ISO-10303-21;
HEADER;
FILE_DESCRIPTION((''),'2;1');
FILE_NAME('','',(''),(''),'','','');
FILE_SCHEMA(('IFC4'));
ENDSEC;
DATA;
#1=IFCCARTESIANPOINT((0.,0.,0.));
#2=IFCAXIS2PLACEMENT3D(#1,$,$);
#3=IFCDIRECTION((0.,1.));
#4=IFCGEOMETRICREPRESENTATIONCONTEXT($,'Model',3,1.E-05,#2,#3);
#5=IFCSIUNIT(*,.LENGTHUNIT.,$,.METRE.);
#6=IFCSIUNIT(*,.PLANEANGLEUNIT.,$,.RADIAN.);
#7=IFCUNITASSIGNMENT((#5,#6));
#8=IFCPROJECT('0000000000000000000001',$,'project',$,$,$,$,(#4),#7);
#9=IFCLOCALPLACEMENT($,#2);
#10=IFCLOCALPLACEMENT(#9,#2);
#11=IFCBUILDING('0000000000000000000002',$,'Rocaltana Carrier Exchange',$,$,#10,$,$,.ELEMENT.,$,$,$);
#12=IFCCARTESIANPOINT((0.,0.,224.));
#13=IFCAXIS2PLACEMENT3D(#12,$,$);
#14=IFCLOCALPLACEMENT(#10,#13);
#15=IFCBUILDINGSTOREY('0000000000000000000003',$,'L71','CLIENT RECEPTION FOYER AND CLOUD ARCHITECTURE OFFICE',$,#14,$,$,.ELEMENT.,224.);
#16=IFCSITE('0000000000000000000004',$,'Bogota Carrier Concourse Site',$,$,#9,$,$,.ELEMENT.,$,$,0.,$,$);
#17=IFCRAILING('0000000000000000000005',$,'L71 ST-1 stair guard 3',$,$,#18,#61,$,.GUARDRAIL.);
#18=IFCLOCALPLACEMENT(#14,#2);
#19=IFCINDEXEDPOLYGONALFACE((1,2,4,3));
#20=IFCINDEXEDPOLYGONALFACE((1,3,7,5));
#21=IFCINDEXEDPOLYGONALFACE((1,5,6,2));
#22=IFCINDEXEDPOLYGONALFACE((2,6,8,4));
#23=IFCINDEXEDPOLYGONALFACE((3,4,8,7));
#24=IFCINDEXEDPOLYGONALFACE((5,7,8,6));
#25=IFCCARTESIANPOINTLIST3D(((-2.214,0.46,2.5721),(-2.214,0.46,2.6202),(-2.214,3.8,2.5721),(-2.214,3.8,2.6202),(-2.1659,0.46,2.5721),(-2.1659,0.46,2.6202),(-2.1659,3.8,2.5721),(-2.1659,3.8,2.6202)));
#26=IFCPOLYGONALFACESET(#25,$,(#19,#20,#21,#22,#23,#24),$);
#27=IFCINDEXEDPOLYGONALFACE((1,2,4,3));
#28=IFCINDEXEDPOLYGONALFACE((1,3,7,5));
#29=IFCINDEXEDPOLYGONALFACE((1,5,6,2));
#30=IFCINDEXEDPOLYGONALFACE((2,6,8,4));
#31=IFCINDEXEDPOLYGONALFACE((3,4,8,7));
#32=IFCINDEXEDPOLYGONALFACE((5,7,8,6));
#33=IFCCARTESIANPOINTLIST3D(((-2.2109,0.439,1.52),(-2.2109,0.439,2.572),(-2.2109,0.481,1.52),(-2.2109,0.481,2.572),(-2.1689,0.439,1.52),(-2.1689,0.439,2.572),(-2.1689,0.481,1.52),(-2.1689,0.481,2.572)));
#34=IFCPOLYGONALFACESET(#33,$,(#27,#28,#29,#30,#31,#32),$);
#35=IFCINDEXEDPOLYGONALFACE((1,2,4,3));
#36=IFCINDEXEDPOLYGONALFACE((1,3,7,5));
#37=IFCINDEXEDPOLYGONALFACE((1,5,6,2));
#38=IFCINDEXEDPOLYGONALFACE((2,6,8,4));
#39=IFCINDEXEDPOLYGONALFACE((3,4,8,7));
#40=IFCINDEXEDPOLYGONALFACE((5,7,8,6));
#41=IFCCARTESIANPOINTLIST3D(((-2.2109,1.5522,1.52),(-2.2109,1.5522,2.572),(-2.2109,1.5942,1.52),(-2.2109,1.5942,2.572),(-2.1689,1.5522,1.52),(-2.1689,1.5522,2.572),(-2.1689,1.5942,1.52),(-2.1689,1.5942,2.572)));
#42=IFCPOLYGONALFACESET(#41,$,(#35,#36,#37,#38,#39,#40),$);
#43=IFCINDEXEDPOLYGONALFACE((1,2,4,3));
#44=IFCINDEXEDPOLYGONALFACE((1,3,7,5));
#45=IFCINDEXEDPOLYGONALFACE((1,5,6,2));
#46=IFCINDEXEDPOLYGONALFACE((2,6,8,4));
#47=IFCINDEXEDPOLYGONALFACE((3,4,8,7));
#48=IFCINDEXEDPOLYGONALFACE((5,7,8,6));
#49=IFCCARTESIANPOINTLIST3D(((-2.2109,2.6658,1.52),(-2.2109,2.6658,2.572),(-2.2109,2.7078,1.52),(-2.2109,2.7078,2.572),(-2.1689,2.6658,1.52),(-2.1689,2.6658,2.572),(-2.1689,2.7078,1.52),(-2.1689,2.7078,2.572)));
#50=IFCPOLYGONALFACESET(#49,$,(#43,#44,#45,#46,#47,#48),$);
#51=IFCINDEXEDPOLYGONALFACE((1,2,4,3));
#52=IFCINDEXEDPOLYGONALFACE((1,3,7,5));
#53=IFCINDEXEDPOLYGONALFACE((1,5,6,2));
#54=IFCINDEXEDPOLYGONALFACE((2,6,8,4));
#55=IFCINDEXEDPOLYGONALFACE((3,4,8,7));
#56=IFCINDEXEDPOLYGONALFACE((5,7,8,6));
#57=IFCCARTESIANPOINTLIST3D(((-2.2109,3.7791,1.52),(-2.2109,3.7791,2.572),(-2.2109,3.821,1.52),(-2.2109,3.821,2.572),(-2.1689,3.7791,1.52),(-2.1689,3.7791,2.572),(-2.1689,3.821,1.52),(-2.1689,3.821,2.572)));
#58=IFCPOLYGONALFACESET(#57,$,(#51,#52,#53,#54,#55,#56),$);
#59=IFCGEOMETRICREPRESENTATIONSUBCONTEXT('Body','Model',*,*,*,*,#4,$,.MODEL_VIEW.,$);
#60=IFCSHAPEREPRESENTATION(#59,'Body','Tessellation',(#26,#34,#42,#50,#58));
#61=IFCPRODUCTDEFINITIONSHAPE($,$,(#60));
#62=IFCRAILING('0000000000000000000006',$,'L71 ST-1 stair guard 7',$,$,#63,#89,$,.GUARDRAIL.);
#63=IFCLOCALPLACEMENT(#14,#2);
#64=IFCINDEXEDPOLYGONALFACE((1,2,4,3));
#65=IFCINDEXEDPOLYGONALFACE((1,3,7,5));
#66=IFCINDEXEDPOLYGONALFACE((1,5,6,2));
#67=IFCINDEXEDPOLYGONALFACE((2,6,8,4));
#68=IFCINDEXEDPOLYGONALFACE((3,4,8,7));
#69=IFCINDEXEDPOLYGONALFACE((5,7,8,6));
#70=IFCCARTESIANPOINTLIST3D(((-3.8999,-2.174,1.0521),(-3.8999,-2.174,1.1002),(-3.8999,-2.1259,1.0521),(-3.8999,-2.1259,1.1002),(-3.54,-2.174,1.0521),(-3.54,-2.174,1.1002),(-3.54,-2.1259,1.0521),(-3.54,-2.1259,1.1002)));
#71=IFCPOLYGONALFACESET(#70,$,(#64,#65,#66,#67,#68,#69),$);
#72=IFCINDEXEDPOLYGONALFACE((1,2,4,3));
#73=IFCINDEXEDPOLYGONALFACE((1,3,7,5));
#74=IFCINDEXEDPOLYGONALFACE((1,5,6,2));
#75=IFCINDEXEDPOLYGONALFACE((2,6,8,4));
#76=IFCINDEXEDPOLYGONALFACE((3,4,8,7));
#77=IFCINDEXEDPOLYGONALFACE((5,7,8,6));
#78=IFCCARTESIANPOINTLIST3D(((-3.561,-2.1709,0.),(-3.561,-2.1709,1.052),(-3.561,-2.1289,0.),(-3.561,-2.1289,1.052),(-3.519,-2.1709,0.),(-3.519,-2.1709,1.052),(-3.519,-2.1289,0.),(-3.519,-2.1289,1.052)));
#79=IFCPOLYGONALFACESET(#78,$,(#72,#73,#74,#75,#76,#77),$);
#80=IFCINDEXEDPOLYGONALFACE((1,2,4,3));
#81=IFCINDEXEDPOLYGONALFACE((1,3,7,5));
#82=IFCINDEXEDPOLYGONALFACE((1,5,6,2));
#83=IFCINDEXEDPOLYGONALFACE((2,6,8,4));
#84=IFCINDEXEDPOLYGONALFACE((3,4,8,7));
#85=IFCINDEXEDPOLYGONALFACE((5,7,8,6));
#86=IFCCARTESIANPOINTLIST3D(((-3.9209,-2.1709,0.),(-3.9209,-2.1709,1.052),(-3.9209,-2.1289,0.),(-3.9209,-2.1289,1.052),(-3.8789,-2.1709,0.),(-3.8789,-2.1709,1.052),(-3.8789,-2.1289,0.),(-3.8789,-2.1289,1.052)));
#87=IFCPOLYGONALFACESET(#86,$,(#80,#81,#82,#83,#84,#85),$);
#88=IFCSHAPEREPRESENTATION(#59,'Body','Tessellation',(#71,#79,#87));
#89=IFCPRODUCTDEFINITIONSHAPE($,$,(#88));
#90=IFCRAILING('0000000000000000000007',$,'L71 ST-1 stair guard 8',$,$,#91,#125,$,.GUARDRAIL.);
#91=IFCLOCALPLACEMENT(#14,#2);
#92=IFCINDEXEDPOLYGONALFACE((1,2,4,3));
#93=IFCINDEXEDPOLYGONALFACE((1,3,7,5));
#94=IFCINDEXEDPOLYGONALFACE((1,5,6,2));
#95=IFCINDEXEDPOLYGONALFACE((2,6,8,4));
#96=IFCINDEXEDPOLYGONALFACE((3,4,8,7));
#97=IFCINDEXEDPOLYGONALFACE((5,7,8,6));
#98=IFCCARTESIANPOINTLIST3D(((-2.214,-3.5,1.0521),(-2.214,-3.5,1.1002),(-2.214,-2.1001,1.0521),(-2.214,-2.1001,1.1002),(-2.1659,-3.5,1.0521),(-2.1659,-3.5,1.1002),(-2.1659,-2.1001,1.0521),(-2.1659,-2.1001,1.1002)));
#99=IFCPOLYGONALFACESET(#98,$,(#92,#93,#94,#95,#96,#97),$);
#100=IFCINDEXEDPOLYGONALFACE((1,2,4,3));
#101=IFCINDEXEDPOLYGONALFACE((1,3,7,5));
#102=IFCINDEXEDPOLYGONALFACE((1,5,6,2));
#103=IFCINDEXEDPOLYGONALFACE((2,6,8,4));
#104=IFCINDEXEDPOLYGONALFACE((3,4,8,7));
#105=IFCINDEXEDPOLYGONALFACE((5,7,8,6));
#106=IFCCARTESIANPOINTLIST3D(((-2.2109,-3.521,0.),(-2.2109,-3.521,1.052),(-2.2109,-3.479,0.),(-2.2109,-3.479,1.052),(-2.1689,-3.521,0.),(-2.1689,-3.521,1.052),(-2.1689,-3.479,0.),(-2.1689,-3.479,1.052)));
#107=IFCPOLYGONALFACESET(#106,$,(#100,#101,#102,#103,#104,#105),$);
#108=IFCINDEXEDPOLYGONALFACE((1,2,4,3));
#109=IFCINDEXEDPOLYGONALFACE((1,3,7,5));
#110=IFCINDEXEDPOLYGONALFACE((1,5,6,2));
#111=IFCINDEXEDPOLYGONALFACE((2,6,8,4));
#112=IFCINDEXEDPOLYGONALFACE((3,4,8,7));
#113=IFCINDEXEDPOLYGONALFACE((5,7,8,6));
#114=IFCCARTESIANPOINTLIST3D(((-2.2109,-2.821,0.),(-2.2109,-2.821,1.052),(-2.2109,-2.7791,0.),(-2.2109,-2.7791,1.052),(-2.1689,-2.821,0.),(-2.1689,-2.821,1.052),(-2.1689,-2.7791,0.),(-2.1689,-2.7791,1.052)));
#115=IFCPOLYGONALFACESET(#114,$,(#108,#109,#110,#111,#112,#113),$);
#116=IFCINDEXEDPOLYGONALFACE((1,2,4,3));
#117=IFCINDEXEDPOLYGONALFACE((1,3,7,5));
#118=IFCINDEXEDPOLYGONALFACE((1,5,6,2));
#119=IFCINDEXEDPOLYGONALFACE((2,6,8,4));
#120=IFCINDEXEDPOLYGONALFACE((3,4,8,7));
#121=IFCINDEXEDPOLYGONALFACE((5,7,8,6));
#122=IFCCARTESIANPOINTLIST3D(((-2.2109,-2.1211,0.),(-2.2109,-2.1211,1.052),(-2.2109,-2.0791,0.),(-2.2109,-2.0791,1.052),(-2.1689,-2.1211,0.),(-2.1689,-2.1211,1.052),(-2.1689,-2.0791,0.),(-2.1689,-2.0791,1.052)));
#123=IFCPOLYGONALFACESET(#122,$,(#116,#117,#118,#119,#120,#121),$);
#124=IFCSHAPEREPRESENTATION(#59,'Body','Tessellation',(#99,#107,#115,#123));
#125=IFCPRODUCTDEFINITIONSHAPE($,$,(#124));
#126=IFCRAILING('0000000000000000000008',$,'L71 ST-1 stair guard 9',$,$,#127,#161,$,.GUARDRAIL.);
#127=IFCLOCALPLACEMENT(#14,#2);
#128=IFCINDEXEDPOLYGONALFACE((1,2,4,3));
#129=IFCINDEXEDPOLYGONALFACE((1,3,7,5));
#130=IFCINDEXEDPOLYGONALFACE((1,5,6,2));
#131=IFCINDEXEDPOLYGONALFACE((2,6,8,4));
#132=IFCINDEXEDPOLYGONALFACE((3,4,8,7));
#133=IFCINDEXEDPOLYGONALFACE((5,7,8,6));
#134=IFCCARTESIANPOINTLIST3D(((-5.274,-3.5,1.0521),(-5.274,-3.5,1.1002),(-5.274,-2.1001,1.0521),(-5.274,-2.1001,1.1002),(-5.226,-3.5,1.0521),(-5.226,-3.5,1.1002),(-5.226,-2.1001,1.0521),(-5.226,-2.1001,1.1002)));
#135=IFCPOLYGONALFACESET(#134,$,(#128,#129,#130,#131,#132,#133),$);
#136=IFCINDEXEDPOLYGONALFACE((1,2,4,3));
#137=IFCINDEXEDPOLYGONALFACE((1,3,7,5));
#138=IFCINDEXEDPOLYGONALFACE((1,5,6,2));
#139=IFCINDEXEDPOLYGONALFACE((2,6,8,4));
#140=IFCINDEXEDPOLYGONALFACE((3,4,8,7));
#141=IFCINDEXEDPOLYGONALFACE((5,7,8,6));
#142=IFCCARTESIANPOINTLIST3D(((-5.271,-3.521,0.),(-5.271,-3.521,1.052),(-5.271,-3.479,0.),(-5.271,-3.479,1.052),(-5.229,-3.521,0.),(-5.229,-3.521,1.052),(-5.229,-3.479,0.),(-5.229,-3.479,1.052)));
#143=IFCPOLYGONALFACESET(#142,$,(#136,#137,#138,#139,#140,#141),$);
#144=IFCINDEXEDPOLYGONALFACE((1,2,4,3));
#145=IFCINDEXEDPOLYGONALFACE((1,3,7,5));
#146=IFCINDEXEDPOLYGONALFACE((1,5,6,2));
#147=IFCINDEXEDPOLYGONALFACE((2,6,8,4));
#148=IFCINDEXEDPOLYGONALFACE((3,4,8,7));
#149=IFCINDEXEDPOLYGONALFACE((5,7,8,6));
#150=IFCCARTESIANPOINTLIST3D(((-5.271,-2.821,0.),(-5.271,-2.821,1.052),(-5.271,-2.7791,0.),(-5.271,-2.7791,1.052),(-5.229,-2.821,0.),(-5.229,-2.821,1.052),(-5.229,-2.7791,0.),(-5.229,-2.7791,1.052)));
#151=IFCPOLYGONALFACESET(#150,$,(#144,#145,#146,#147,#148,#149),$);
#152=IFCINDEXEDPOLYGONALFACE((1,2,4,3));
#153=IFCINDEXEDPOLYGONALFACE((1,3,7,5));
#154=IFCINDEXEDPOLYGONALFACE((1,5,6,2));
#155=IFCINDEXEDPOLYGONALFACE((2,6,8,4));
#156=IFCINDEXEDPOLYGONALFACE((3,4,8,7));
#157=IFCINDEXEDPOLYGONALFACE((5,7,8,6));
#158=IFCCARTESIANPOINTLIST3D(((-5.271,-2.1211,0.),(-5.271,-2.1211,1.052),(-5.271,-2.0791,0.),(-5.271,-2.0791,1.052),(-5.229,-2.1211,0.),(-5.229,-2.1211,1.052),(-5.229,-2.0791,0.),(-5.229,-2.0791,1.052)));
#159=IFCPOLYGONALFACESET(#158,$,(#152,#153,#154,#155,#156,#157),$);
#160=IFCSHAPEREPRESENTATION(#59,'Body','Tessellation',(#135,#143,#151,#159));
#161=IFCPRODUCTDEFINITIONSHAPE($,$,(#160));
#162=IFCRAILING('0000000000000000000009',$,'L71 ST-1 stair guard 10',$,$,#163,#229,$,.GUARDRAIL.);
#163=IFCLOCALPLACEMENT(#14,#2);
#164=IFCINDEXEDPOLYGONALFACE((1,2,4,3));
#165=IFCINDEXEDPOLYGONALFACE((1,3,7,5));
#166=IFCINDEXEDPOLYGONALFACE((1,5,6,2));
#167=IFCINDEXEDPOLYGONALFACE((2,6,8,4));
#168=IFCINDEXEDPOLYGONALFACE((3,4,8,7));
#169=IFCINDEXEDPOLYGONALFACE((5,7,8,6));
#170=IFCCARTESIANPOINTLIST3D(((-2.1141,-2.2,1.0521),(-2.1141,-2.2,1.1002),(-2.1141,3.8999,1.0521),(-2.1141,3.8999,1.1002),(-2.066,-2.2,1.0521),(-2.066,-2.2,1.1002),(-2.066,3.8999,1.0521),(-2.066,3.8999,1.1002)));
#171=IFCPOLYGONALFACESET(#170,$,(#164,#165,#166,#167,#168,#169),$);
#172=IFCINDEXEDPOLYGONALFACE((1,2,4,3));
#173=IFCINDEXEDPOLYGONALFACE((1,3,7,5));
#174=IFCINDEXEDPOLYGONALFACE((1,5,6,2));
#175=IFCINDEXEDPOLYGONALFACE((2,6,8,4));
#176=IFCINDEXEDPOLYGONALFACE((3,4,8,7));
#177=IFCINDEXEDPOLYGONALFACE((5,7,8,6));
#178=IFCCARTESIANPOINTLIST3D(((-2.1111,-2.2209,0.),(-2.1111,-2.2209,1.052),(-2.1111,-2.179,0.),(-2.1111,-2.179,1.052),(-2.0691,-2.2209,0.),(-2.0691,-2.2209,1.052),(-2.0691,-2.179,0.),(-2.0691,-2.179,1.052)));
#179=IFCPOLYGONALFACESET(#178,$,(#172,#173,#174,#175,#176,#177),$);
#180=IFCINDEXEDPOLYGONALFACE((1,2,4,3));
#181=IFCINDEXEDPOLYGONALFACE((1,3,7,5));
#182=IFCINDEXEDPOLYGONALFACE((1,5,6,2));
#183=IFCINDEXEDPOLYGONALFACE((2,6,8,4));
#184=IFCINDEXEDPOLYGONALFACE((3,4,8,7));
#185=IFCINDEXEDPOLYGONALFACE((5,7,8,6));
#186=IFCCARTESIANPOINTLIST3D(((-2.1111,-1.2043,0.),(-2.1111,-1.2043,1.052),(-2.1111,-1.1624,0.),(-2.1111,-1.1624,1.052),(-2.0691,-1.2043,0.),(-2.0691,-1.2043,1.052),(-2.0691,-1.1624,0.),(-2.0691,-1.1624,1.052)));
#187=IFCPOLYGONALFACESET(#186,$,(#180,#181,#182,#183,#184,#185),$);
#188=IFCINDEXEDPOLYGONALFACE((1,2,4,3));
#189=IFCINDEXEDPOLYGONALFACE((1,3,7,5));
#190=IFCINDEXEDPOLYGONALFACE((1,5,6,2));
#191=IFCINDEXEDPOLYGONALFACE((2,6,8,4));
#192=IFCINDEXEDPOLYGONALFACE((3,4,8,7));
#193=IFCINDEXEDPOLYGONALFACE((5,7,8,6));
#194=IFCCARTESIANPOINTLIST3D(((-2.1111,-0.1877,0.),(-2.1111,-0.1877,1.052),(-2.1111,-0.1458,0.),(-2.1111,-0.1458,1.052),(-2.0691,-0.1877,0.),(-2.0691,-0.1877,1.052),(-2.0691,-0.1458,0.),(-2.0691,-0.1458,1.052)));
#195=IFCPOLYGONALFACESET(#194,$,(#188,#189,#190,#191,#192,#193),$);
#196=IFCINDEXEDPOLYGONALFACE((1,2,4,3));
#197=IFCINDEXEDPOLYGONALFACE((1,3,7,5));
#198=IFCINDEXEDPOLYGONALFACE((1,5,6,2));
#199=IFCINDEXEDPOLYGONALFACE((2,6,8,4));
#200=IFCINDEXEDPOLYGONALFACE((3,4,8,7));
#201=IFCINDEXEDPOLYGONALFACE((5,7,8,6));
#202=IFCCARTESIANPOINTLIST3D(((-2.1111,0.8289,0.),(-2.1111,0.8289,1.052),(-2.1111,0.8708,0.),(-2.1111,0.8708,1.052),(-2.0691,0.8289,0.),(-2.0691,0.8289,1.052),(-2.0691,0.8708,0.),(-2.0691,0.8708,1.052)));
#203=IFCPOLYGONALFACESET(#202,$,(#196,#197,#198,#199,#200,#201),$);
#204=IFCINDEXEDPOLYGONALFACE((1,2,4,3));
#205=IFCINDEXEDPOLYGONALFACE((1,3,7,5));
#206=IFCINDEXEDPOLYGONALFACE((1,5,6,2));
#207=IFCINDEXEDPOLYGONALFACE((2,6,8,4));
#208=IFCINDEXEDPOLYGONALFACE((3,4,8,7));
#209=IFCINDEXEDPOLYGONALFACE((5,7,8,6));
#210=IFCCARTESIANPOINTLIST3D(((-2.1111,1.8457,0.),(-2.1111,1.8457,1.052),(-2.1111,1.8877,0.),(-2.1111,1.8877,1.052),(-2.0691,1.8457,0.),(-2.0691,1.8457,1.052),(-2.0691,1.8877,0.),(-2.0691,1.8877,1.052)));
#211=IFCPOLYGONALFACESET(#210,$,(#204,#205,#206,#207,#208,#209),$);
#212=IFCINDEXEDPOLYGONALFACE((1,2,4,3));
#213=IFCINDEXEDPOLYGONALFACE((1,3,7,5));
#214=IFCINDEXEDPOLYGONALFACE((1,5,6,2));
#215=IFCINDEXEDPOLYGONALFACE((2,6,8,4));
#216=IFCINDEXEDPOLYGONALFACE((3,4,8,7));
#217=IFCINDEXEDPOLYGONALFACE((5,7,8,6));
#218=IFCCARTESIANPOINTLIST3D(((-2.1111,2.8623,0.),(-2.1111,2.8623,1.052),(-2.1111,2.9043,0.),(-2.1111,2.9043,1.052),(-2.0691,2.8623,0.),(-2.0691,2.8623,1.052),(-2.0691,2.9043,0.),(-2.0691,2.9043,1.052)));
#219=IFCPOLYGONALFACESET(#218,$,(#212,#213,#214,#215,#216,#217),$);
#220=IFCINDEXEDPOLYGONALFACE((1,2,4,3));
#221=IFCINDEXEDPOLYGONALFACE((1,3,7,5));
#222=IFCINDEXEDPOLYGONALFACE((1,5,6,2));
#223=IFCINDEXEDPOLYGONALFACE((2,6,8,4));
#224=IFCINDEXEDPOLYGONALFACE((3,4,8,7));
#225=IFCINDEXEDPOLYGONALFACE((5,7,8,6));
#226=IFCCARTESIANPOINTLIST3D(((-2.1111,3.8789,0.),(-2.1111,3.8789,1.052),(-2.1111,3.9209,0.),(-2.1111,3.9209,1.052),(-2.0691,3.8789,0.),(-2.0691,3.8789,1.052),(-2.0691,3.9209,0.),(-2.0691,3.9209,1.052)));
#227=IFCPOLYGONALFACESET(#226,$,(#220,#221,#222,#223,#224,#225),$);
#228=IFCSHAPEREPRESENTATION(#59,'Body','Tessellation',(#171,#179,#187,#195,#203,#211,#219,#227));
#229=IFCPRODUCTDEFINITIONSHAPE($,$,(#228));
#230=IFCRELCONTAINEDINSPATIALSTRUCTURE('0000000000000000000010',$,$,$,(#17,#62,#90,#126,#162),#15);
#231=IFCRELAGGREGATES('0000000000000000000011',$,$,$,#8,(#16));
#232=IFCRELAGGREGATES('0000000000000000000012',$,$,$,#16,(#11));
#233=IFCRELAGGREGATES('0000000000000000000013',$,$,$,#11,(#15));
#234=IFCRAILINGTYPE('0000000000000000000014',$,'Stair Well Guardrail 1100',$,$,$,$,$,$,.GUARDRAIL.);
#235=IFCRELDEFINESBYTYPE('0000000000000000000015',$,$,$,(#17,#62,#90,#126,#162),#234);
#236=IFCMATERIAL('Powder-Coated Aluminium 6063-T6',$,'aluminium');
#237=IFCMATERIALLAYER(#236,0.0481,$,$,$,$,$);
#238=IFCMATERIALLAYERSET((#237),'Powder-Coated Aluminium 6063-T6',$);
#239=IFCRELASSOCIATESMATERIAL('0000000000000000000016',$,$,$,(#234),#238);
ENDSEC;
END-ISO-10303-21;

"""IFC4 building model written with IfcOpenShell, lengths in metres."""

from ifc_helpers import new_model, si_unit, direction, frame, origin, origin_2d, place, context, subcontext, project, spatial, rectangle, extrude, material, layer, layer_set, type_object, element, save


model = new_model("IFC4")

# Units and contexts
model_context = context("Model", 3, precision=1e-05, world=origin(), true_north=direction((0.0, 1.0)))
body_context = subcontext(model_context, "Body", "Model", "MODEL_VIEW")
ifc_project = project(units=[si_unit("LENGTHUNIT", "METRE"), si_unit("PLANEANGLEUNIT", "RADIAN")], contexts=[model_context])

# Site, building, storey
site_placement = place(None, origin())
site = spatial("IfcSite", under=ifc_project, at=site_placement, Name="Bogota Carrier Concourse Site", CompositionType="ELEMENT", RefElevation=0.0)
building_placement = place(site_placement, origin())
building = spatial("IfcBuilding", under=site, at=building_placement, Name="Rocaltana Carrier Exchange", CompositionType="ELEMENT")
storey_placement = place(building_placement, frame((0.0, 0.0, 224.0)))
storey = spatial("IfcBuildingStorey", under=building, at=storey_placement, Name="L71", Description="CLIENT RECEPTION FOYER AND CLOUD ARCHITECTURE OFFICE", CompositionType="ELEMENT", Elevation=224.0)

# Railings
ifc_material_1 = material(Name="Powder-Coated Aluminium 6063-T6", Category="aluminium")
ifc_layer_1 = layer(ifc_material_1, 0.0481)
ifc_layer_set_1 = layer_set([ifc_layer_1], Name="Powder-Coated Aluminium 6063-T6")
railing_type_1 = type_object("IfcRailingType", Name="Stair Well Guardrail 1100", PredefinedType="GUARDRAIL", material=ifc_layer_set_1)
railing_1_placement = place(storey_placement, frame((-2.1899, 0.46, 1.52)))
element("IfcRailing", 1, at=railing_1_placement, inside=storey, type_object=railing_type_1, Name="L71 ST-1 stair guard 3", PredefinedType="GUARDRAIL", context=body_context, shape_type="SweptSolid", body=[
    extrude(rectangle(XDim=0.0481, YDim=0.0481, at=origin_2d()), frame((0.0, 0.0, 1.0762), z_axis=(0.0, 1.0, 0.0), x_axis=(-1.0, 0.0, 0.0)), (0.0, 0.0, 1.0), 3.3401),
    extrude(rectangle(XDim=0.042, YDim=0.042, at=origin_2d()), origin(), (0.0, 0.0, 1.0), 1.052),
    extrude(rectangle(XDim=0.042, YDim=0.042, at=origin_2d()), frame((0.0, 1.1133, 0.0)), (0.0, 0.0, 1.0), 1.052),
    extrude(rectangle(XDim=0.042, YDim=0.042, at=origin_2d()), frame((0.0, 2.2268, 0.0)), (0.0, 0.0, 1.0), 1.052),
    extrude(rectangle(XDim=0.042, YDim=0.042, at=origin_2d()), frame((0.0, 3.3401, 0.0)), (0.0, 0.0, 1.0), 1.052),
])
railing_2_placement = place(storey_placement, frame((-3.54, -2.1499, 0.0)))
element("IfcRailing", 2, at=railing_2_placement, inside=storey, type_object=railing_type_1, Name="L71 ST-1 stair guard 7", PredefinedType="GUARDRAIL", context=body_context, shape_type="SweptSolid", body=[
    extrude(rectangle(XDim=0.0481, YDim=0.0481, at=origin_2d()), frame((0.0, 0.0, 1.0762), z_axis=(-1.0, 0.0, 0.0), x_axis=(0.0, -1.0, 0.0)), (0.0, 0.0, 1.0), 0.3599),
    extrude(rectangle(XDim=0.042, YDim=0.042, at=origin_2d()), origin(), (0.0, 0.0, 1.0), 1.052),
    extrude(rectangle(XDim=0.042, YDim=0.042, at=origin_2d()), frame((-0.3599, 0.0, 0.0)), (0.0, 0.0, 1.0), 1.052),
])
for number, where, name in (
    (3, (-2.1899, -3.5, 0.0), "L71 ST-1 stair guard 8"),
    (4, (-5.25, -3.5, 0.0), "L71 ST-1 stair guard 9"),
):
    element("IfcRailing", number, at=place(storey_placement, frame(where)), inside=storey, type_object=railing_type_1, Name=name, PredefinedType="GUARDRAIL", context=body_context, shape_type="SweptSolid", body=[
        extrude(rectangle(XDim=0.0481, YDim=0.0481, at=origin_2d()), frame((0.0, 0.0, 1.0762), z_axis=(0.0, 1.0, 0.0), x_axis=(-1.0, 0.0, 0.0)), (0.0, 0.0, 1.0), 1.3999),
        extrude(rectangle(XDim=0.042, YDim=0.042, at=origin_2d()), origin(), (0.0, 0.0, 1.0), 1.052),
        extrude(rectangle(XDim=0.042, YDim=0.042, at=origin_2d()), frame((0.0, 0.7, 0.0)), (0.0, 0.0, 1.0), 1.052),
        extrude(rectangle(XDim=0.042, YDim=0.042, at=origin_2d()), frame((0.0, 1.3999, 0.0)), (0.0, 0.0, 1.0), 1.052),
    ])
for number, where, name in (
    (5, (-2.0901, -2.2, 0.0), "L71 ST-1 stair guard 10"),
):
    element("IfcRailing", number, at=place(storey_placement, frame(where)), inside=storey, type_object=railing_type_1, Name=name, PredefinedType="GUARDRAIL", context=body_context, shape_type="SweptSolid", body=[
        extrude(rectangle(XDim=0.0481, YDim=0.0481, at=origin_2d()), frame((0.0, 0.0, 1.0762), z_axis=(0.0, 1.0, 0.0), x_axis=(-1.0, 0.0, 0.0)), (0.0, 0.0, 1.0), 6.0999),
        extrude(rectangle(XDim=0.042, YDim=0.042, at=origin_2d()), origin(), (0.0, 0.0, 1.0), 1.052),
        extrude(rectangle(XDim=0.042, YDim=0.042, at=origin_2d()), frame((0.0, 1.0166, 0.0)), (0.0, 0.0, 1.0), 1.052),
        extrude(rectangle(XDim=0.042, YDim=0.042, at=origin_2d()), frame((0.0, 2.0332, 0.0)), (0.0, 0.0, 1.0), 1.052),
        extrude(rectangle(XDim=0.042, YDim=0.042, at=origin_2d()), frame((0.0, 3.0498, 0.0)), (0.0, 0.0, 1.0), 1.052),
        extrude(rectangle(XDim=0.042, YDim=0.042, at=origin_2d()), frame((0.0, 4.0667, 0.0)), (0.0, 0.0, 1.0), 1.052),
        extrude(rectangle(XDim=0.042, YDim=0.042, at=origin_2d()), frame((0.0, 5.0833, 0.0)), (0.0, 0.0, 1.0), 1.052),
        extrude(rectangle(XDim=0.042, YDim=0.042, at=origin_2d()), frame((0.0, 6.0999, 0.0)), (0.0, 0.0, 1.0), 1.052),
    ])

save(model, "model.ifc")
